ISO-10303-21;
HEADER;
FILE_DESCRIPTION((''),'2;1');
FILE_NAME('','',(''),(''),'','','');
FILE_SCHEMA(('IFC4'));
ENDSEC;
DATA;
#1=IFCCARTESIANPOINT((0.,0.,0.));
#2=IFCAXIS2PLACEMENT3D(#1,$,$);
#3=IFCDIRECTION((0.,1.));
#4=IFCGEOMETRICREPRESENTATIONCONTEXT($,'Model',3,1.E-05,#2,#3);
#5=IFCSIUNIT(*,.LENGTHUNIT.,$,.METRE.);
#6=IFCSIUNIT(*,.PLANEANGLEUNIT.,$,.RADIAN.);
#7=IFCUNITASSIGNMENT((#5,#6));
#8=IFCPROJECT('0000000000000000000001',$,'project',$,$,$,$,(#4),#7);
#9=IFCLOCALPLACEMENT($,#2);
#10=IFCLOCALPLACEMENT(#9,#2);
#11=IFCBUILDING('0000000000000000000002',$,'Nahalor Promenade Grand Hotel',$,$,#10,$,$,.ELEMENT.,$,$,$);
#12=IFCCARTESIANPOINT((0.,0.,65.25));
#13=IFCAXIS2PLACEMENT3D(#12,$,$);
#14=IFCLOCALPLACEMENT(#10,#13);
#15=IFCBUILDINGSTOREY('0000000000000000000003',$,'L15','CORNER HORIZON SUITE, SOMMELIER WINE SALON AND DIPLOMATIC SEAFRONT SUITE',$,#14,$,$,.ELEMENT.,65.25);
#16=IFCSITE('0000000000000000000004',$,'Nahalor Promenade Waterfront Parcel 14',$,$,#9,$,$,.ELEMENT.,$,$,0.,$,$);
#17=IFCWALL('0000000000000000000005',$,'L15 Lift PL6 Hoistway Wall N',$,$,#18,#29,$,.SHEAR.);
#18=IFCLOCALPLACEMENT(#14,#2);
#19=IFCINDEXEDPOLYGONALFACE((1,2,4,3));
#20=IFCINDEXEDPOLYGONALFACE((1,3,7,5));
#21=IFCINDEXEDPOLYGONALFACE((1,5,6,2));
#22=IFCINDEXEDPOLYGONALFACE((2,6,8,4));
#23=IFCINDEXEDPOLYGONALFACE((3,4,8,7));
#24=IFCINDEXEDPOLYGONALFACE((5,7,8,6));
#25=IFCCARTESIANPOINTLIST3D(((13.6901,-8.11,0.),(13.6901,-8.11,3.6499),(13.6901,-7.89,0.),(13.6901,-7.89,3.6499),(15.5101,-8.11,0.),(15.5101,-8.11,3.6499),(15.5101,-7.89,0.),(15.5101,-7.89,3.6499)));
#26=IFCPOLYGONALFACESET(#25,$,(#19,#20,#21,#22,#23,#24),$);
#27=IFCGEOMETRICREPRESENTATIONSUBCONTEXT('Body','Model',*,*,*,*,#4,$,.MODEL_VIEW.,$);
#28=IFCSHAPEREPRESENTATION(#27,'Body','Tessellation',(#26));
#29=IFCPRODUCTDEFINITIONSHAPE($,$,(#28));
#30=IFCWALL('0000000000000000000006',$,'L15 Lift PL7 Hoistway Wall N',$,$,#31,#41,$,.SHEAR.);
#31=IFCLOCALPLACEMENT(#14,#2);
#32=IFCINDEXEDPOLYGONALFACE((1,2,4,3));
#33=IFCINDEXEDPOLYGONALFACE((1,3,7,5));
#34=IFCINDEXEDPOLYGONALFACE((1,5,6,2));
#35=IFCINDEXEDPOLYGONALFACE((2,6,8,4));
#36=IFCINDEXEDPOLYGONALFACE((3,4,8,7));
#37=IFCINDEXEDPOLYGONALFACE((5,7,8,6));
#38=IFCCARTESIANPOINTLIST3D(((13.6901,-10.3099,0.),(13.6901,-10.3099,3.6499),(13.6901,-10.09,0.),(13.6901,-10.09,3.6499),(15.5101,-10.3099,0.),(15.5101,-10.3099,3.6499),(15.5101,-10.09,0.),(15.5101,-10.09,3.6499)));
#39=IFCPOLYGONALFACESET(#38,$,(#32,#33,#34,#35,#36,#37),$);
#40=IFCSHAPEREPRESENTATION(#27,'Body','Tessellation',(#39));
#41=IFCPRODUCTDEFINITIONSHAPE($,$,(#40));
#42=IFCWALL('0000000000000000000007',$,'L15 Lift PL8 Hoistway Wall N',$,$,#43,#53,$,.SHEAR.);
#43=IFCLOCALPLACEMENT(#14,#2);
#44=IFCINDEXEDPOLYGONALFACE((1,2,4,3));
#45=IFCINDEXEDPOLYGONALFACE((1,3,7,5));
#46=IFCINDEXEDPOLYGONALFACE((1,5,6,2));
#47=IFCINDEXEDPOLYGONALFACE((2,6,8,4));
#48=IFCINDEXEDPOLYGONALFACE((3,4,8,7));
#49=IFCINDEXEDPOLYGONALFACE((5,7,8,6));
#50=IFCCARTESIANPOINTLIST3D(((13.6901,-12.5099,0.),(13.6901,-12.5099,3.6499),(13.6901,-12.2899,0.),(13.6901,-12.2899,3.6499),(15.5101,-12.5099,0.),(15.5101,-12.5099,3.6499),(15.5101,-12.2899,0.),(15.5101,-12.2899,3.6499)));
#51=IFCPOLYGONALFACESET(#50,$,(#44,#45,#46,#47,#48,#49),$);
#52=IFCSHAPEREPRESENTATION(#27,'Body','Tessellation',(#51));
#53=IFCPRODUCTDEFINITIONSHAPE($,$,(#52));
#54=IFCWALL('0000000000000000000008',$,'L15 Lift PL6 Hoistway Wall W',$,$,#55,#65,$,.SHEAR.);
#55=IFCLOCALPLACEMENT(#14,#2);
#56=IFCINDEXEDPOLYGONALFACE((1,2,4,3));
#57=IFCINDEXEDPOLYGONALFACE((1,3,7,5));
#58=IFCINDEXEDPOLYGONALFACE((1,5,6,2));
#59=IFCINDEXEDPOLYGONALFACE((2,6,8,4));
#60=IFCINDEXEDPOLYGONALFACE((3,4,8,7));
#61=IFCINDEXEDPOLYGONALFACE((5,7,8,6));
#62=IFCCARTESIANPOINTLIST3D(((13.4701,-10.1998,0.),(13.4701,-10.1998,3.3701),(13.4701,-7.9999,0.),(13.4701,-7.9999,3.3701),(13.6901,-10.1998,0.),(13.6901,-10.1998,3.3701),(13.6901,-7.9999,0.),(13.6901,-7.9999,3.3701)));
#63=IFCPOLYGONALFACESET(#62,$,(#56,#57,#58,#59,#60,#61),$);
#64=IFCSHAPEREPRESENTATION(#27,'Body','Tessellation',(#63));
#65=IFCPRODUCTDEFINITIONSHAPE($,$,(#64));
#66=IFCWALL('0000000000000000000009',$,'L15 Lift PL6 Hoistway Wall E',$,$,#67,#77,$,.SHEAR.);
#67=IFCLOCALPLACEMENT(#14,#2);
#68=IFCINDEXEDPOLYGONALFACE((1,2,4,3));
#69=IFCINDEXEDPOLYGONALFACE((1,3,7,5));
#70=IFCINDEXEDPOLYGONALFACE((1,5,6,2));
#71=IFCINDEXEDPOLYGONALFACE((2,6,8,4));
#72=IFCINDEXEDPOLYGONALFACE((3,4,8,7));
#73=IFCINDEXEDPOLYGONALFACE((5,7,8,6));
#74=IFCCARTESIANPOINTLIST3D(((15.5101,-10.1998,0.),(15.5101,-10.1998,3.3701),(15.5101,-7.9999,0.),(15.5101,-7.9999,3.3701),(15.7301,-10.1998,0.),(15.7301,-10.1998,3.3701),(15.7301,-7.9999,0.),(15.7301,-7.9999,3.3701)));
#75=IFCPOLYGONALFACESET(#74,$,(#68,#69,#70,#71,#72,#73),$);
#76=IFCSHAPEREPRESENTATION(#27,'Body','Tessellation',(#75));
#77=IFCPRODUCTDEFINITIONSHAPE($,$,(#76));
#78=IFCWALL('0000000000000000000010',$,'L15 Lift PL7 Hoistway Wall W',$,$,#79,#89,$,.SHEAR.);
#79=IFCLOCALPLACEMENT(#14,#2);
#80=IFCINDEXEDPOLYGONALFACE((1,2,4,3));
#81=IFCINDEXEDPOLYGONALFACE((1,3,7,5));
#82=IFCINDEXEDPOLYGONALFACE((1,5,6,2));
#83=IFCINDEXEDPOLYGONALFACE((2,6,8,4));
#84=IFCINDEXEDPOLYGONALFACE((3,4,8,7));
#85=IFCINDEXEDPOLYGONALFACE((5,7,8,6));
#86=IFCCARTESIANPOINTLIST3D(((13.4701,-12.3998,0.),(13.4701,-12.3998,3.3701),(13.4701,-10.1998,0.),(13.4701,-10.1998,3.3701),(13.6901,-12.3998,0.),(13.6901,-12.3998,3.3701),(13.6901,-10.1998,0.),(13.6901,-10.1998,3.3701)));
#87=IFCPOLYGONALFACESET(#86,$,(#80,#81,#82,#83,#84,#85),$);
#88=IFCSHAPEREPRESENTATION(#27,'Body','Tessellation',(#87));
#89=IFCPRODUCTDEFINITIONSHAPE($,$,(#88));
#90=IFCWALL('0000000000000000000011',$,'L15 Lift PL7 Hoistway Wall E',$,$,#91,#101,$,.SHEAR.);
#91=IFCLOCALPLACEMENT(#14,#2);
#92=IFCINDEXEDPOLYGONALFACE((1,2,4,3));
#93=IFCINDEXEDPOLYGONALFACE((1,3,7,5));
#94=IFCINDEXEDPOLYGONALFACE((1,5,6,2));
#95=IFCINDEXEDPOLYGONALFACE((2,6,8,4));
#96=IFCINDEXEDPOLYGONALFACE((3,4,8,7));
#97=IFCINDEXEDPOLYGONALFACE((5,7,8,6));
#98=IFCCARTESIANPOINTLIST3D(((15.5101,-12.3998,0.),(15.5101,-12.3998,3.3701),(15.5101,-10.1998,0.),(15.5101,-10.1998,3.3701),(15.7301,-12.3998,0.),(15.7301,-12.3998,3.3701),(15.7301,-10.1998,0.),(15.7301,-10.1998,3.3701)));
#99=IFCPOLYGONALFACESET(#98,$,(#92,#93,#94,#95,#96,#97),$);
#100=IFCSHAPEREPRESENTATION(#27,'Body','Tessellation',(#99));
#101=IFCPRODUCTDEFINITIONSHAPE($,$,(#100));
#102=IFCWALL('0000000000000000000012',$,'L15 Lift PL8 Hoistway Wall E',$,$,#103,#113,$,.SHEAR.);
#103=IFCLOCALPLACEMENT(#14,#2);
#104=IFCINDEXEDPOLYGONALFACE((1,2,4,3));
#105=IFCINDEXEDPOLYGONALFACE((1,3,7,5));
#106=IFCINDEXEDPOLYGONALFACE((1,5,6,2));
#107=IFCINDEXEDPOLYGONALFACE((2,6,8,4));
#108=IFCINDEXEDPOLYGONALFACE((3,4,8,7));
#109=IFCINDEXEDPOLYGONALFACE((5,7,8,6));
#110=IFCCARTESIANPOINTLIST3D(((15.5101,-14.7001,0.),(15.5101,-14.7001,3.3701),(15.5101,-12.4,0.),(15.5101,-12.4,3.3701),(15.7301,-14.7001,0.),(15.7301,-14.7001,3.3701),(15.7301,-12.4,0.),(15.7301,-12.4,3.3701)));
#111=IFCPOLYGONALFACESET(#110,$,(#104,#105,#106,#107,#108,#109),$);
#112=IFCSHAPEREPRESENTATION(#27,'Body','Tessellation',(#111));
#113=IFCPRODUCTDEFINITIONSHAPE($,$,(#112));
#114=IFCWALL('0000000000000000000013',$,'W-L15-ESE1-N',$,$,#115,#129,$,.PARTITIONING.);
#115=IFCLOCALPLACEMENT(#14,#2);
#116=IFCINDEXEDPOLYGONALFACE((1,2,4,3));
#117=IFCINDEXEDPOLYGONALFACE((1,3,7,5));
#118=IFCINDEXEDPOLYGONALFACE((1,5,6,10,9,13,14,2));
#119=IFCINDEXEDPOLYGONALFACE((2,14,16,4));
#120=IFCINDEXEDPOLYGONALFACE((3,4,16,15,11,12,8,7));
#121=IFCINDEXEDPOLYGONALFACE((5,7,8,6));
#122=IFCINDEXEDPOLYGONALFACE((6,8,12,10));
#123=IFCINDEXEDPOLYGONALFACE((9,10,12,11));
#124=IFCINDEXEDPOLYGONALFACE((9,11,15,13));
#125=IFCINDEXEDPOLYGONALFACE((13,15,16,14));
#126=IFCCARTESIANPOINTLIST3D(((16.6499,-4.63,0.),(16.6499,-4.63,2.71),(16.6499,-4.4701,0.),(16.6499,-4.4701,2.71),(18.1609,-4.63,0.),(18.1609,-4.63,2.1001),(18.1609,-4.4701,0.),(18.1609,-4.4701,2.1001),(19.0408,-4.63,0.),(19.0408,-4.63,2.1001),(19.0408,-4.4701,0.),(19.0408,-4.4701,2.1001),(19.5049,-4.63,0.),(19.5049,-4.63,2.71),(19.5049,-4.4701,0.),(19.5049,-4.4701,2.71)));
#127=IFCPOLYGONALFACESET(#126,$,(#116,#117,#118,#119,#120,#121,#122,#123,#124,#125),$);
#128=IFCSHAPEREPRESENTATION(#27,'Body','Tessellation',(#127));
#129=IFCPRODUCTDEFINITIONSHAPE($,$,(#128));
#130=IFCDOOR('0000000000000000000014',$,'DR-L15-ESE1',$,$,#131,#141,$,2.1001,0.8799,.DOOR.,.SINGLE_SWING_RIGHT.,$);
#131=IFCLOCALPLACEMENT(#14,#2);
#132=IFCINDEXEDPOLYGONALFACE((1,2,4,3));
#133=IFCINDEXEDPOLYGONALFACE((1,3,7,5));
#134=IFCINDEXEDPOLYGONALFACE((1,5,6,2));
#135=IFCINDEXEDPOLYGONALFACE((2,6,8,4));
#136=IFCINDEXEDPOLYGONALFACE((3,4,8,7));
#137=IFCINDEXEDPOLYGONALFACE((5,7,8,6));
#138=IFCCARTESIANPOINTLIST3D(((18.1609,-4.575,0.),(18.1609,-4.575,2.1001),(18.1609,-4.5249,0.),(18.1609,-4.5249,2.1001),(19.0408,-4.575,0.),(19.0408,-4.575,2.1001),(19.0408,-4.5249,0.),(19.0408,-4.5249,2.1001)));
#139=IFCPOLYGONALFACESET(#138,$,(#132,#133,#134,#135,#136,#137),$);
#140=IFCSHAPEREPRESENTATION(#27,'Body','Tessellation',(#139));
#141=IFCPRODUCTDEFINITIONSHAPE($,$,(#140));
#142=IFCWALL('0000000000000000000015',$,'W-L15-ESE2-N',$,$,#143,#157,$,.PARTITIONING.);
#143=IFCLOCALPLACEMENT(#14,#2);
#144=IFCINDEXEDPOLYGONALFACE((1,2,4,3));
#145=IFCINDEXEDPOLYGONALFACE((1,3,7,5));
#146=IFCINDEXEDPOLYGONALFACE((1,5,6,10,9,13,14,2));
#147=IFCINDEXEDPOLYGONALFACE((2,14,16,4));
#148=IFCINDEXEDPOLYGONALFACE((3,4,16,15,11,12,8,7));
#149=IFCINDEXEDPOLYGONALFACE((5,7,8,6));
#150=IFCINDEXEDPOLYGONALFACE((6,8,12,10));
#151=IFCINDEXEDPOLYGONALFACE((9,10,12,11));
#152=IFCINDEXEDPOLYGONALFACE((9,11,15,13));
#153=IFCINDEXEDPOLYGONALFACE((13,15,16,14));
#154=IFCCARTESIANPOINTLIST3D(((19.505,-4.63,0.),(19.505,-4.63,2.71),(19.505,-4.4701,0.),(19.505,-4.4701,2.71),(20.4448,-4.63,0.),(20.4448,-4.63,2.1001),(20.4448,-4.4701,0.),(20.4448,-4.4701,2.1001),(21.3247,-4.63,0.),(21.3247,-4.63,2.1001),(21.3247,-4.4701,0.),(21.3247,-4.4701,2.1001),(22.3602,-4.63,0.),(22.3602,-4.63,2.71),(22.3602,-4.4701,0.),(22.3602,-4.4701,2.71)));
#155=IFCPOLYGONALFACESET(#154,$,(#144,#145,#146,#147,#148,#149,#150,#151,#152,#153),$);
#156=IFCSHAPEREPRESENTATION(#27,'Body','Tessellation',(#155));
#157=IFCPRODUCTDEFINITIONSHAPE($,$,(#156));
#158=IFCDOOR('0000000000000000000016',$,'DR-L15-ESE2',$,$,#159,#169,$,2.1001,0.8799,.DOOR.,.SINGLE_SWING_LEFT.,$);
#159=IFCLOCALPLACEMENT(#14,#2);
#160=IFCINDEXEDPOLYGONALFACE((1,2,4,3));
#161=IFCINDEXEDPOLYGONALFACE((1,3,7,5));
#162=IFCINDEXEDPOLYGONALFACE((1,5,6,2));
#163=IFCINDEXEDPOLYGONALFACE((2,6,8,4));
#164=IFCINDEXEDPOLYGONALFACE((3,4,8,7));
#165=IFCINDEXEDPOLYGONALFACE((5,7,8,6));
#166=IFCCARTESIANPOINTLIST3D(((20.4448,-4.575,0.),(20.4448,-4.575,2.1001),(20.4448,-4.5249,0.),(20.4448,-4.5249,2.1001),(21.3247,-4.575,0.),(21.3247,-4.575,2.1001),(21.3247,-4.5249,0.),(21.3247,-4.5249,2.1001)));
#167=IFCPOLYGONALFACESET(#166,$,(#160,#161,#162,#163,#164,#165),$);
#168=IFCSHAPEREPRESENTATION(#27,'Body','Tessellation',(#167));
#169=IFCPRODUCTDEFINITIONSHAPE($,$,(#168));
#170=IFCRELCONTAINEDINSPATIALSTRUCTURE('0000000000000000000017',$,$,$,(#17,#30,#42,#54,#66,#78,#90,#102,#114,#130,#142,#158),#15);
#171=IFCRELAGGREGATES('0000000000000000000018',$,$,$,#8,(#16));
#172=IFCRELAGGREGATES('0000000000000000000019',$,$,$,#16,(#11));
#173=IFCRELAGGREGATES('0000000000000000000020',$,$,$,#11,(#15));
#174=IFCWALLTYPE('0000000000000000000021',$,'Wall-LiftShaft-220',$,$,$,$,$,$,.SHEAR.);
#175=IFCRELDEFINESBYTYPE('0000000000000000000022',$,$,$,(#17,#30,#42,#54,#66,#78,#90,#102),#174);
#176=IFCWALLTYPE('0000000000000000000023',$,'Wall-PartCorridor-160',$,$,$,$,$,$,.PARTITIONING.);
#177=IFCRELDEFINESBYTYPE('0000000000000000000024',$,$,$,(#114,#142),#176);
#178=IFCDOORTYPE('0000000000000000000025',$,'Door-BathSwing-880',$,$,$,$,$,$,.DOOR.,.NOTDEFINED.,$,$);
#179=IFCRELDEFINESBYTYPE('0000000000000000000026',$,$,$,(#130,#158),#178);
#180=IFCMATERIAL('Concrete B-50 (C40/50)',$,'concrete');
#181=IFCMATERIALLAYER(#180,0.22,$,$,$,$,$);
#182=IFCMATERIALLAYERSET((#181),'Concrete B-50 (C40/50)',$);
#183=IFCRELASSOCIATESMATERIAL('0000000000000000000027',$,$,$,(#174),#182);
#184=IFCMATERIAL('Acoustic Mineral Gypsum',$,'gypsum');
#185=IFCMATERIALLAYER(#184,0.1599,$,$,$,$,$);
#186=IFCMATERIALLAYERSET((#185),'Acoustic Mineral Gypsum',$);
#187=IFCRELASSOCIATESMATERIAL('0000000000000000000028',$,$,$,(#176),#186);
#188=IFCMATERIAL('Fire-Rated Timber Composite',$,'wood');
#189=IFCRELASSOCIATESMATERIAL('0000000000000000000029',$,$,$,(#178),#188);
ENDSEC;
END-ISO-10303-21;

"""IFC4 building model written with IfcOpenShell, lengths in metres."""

from ifc_helpers import new_model, si_unit, direction, frame, frame_2d, origin, place, context, subcontext, project, spatial, rectangle, extrude, source, transform, mapped, material, layer, layer_set, type_object, element, fill, save


model = new_model("IFC4")

# Units and contexts
model_context = context("Model", 3, precision=1e-05, world=origin(), true_north=direction((0.0, 1.0)))
body_context = subcontext(model_context, "Body", "Model", "MODEL_VIEW")
ifc_project = project(units=[si_unit("LENGTHUNIT", "METRE"), si_unit("PLANEANGLEUNIT", "RADIAN")], contexts=[model_context])

# Site, building, storey
site_placement = place(None, origin())
site = spatial("IfcSite", under=ifc_project, at=site_placement, Name="Nahalor Promenade Waterfront Parcel 14", CompositionType="ELEMENT", RefElevation=0.0)
building_placement = place(site_placement, origin())
building = spatial("IfcBuilding", under=site, at=building_placement, Name="Nahalor Promenade Grand Hotel", CompositionType="ELEMENT")
storey_placement = place(building_placement, frame((0.0, 0.0, 65.25)))
storey = spatial("IfcBuildingStorey", under=building, at=storey_placement, Name="L15", Description="CORNER HORIZON SUITE, SOMMELIER WINE SALON AND DIPLOMATIC SEAFRONT SUITE", CompositionType="ELEMENT", Elevation=65.25)

# Walls
ifc_material_1 = material(Name="Concrete B-50 (C40/50)", Category="concrete")
ifc_layer_1 = layer(ifc_material_1, 0.22)
ifc_layer_set_1 = layer_set([ifc_layer_1], Name="Concrete B-50 (C40/50)")
wall_type_1 = type_object("IfcWallType", Name="Wall-LiftShaft-220", PredefinedType="SHEAR", material=ifc_layer_set_1)
shared_shape_1 = source(origin(), body_context, "Body", "SweptSolid", [
    extrude(rectangle(XDim=1.8201, YDim=0.22, at=frame_2d((0.9102, 0.0))), origin(), (0.0, 0.0, 1.0), 3.6499),
])
for number, where, z_axis, x_axis, name in (
    (1, (13.6899, -8.0, 0.0), (0.0, 0.0, 1.0), (1.0, 0.0, 0.0), "L15 Lift PL6 Hoistway Wall N"),
    (2, (13.6899, -10.2, 0.0), (0.0, 0.0, 1.0), (1.0, 0.0, 0.0), "L15 Lift PL7 Hoistway Wall N"),
    (3, (13.6899, -12.3999, 0.0), (0.0, 0.0, 1.0), (1.0, 0.0, 0.0), "L15 Lift PL8 Hoistway Wall N"),
):
    element("IfcWall", number, at=place(storey_placement, frame(where, z_axis=z_axis, x_axis=x_axis)), inside=storey, type_object=wall_type_1, Name=name, PredefinedType="SHEAR", context=body_context, shape_type="MappedRepresentation", body=[
        mapped(shared_shape_1, transform((0.0, 0.0, 0.0), scale=1.0)),
    ])
shared_shape_2 = source(origin(), body_context, "Body", "SweptSolid", [
    extrude(rectangle(XDim=2.2, YDim=0.22, at=frame_2d((1.1001, 0.0))), origin(), (0.0, 0.0, 1.0), 3.3701),
])
for number, where, z_axis, x_axis, name in (
    (4, (13.5801, -10.2, 0.0), (0.0, 0.0, 1.0), (0.0, 1.0, 0.0), "L15 Lift PL6 Hoistway Wall W"),
    (5, (15.6201, -10.2, 0.0), (0.0, 0.0, 1.0), (0.0, 1.0, 0.0), "L15 Lift PL6 Hoistway Wall E"),
    (6, (13.5801, -12.3999, 0.0), (0.0, 0.0, 1.0), (0.0, 1.0, 0.0), "L15 Lift PL7 Hoistway Wall W"),
    (7, (15.6201, -12.3999, 0.0), (0.0, 0.0, 1.0), (0.0, 1.0, 0.0), "L15 Lift PL7 Hoistway Wall E"),
):
    element("IfcWall", number, at=place(storey_placement, frame(where, z_axis=z_axis, x_axis=x_axis)), inside=storey, type_object=wall_type_1, Name=name, PredefinedType="SHEAR", context=body_context, shape_type="MappedRepresentation", body=[
        mapped(shared_shape_2, transform((0.0, 0.0, 0.0), scale=1.0)),
    ])
shared_shape_3 = source(origin(), body_context, "Body", "SweptSolid", [
    extrude(rectangle(XDim=2.3, YDim=0.22, at=frame_2d((1.1499, 0.0))), origin(), (0.0, 0.0, 1.0), 3.3701),
])
wall_1_placement = place(storey_placement, frame((15.6201, -14.7, 0.0), z_axis=(0.0, 0.0, 1.0), x_axis=(0.0, 1.0, 0.0)))
element("IfcWall", 8, at=wall_1_placement, inside=storey, type_object=wall_type_1, Name="L15 Lift PL8 Hoistway Wall E", PredefinedType="SHEAR", context=body_context, shape_type="MappedRepresentation", body=[
    mapped(shared_shape_3, transform((0.0, 0.0, 0.0), scale=1.0)),
])

# Walls, openings, doors
ifc_material_2 = material(Name="Acoustic Mineral Gypsum", Category="gypsum")
ifc_layer_2 = layer(ifc_material_2, 0.1599)
ifc_layer_set_2 = layer_set([ifc_layer_2], Name="Acoustic Mineral Gypsum")
wall_type_2 = type_object("IfcWallType", Name="Wall-PartCorridor-160", PredefinedType="PARTITIONING", material=ifc_layer_set_2)
shared_shape_4 = source(origin(), body_context, "Body", "SweptSolid", [
    extrude(rectangle(XDim=2.855, YDim=0.1599, at=frame_2d((1.4275, 0.0))), origin(), (0.0, 0.0, 1.0), 2.71),
])
wall_2_placement = place(storey_placement, frame((16.6499, -4.55, 0.0), z_axis=(0.0, 0.0, 1.0), x_axis=(1.0, 0.0, 0.0)))
wall_2 = element("IfcWall", 9, at=wall_2_placement, inside=storey, type_object=wall_type_2, Name="W-L15-ESE1-N", PredefinedType="PARTITIONING", context=body_context, shape_type="MappedRepresentation", body=[
    mapped(shared_shape_4, transform((0.0, 0.0, 0.0), scale=1.0)),
])
opening_1_placement = place(wall_2_placement, frame((1.511, 0.0, 0.0)))
opening_1 = element("IfcOpeningElement", 10, at=opening_1_placement, cuts=wall_2, PredefinedType="OPENING", context=body_context, shape_type="SweptSolid", body=[
    extrude(rectangle(XDim=0.8799, YDim=2.1001, at=frame_2d((0.4399, 1.05))), frame((0.0, 0.0898, 0.0), z_axis=(0.0, -1.0, 0.0), x_axis=(1.0, 0.0, 0.0)), (0.0, 0.0, 1.0), 0.1799),
])
ifc_material_3 = material(Name="Fire-Rated Timber Composite", Category="wood")
door_type = type_object("IfcDoorType", Name="Door-BathSwing-880", OperationType="NOTDEFINED", PredefinedType="DOOR", material=ifc_material_3)
shared_shape_5 = source(origin(), body_context, "Body", "SweptSolid", [
    extrude(rectangle(XDim=0.8799, YDim=2.1001, at=frame_2d((0.4399, 1.05))), frame((0.0, 0.0249, 0.0), z_axis=(0.0, -1.0, 0.0), x_axis=(1.0, 0.0, 0.0)), (0.0, 0.0, 1.0), 0.05),
])
door_1_placement = place(opening_1_placement, frame((0.8799, 0.0, 0.0), z_axis=(0.0, 0.0, 1.0), x_axis=(-1.0, 0.0, 0.0)))
door_1 = element("IfcDoor", 11, at=door_1_placement, inside=storey, type_object=door_type, Name="DR-L15-ESE1", OperationType="SINGLE_SWING_RIGHT", OverallHeight=2.1001, OverallWidth=0.8799, PredefinedType="DOOR", context=body_context, shape_type="MappedRepresentation", body=[
    mapped(shared_shape_5, transform((0.0, 0.0, 0.0), scale=1.0)),
])
fill(opening_1, door_1)
shared_shape_6 = source(origin(), body_context, "Body", "SweptSolid", [
    extrude(rectangle(XDim=2.8552, YDim=0.1599, at=frame_2d((1.4277, 0.0))), origin(), (0.0, 0.0, 1.0), 2.71),
])
wall_3_placement = place(storey_placement, frame((19.5049, -4.55, 0.0), z_axis=(0.0, 0.0, 1.0), x_axis=(1.0, 0.0, 0.0)))
wall_3 = element("IfcWall", 12, at=wall_3_placement, inside=storey, type_object=wall_type_2, Name="W-L15-ESE2-N", PredefinedType="PARTITIONING", context=body_context, shape_type="MappedRepresentation", body=[
    mapped(shared_shape_6, transform((0.0, 0.0, 0.0), scale=1.0)),
])
opening_2_placement = place(wall_3_placement, frame((0.9399, 0.0, 0.0)))
opening_2 = element("IfcOpeningElement", 13, at=opening_2_placement, cuts=wall_3, PredefinedType="OPENING", context=body_context, shape_type="SweptSolid", body=[
    extrude(rectangle(XDim=0.8799, YDim=2.1001, at=frame_2d((0.4399, 1.05))), frame((0.0, 0.0898, 0.0), z_axis=(0.0, -1.0, 0.0), x_axis=(1.0, 0.0, 0.0)), (0.0, 0.0, 1.0), 0.1799),
])
door_2_placement = place(opening_2_placement, frame((0.8799, 0.0, 0.0), z_axis=(0.0, 0.0, 1.0), x_axis=(-1.0, 0.0, 0.0)))
door_2 = element("IfcDoor", 14, at=door_2_placement, inside=storey, type_object=door_type, Name="DR-L15-ESE2", OperationType="SINGLE_SWING_LEFT", OverallHeight=2.1001, OverallWidth=0.8799, PredefinedType="DOOR", context=body_context, shape_type="MappedRepresentation", body=[
    mapped(shared_shape_5, transform((0.0, 0.0, 0.0), scale=1.0)),
])
fill(opening_2, door_2)

save(model, "model.ifc")
